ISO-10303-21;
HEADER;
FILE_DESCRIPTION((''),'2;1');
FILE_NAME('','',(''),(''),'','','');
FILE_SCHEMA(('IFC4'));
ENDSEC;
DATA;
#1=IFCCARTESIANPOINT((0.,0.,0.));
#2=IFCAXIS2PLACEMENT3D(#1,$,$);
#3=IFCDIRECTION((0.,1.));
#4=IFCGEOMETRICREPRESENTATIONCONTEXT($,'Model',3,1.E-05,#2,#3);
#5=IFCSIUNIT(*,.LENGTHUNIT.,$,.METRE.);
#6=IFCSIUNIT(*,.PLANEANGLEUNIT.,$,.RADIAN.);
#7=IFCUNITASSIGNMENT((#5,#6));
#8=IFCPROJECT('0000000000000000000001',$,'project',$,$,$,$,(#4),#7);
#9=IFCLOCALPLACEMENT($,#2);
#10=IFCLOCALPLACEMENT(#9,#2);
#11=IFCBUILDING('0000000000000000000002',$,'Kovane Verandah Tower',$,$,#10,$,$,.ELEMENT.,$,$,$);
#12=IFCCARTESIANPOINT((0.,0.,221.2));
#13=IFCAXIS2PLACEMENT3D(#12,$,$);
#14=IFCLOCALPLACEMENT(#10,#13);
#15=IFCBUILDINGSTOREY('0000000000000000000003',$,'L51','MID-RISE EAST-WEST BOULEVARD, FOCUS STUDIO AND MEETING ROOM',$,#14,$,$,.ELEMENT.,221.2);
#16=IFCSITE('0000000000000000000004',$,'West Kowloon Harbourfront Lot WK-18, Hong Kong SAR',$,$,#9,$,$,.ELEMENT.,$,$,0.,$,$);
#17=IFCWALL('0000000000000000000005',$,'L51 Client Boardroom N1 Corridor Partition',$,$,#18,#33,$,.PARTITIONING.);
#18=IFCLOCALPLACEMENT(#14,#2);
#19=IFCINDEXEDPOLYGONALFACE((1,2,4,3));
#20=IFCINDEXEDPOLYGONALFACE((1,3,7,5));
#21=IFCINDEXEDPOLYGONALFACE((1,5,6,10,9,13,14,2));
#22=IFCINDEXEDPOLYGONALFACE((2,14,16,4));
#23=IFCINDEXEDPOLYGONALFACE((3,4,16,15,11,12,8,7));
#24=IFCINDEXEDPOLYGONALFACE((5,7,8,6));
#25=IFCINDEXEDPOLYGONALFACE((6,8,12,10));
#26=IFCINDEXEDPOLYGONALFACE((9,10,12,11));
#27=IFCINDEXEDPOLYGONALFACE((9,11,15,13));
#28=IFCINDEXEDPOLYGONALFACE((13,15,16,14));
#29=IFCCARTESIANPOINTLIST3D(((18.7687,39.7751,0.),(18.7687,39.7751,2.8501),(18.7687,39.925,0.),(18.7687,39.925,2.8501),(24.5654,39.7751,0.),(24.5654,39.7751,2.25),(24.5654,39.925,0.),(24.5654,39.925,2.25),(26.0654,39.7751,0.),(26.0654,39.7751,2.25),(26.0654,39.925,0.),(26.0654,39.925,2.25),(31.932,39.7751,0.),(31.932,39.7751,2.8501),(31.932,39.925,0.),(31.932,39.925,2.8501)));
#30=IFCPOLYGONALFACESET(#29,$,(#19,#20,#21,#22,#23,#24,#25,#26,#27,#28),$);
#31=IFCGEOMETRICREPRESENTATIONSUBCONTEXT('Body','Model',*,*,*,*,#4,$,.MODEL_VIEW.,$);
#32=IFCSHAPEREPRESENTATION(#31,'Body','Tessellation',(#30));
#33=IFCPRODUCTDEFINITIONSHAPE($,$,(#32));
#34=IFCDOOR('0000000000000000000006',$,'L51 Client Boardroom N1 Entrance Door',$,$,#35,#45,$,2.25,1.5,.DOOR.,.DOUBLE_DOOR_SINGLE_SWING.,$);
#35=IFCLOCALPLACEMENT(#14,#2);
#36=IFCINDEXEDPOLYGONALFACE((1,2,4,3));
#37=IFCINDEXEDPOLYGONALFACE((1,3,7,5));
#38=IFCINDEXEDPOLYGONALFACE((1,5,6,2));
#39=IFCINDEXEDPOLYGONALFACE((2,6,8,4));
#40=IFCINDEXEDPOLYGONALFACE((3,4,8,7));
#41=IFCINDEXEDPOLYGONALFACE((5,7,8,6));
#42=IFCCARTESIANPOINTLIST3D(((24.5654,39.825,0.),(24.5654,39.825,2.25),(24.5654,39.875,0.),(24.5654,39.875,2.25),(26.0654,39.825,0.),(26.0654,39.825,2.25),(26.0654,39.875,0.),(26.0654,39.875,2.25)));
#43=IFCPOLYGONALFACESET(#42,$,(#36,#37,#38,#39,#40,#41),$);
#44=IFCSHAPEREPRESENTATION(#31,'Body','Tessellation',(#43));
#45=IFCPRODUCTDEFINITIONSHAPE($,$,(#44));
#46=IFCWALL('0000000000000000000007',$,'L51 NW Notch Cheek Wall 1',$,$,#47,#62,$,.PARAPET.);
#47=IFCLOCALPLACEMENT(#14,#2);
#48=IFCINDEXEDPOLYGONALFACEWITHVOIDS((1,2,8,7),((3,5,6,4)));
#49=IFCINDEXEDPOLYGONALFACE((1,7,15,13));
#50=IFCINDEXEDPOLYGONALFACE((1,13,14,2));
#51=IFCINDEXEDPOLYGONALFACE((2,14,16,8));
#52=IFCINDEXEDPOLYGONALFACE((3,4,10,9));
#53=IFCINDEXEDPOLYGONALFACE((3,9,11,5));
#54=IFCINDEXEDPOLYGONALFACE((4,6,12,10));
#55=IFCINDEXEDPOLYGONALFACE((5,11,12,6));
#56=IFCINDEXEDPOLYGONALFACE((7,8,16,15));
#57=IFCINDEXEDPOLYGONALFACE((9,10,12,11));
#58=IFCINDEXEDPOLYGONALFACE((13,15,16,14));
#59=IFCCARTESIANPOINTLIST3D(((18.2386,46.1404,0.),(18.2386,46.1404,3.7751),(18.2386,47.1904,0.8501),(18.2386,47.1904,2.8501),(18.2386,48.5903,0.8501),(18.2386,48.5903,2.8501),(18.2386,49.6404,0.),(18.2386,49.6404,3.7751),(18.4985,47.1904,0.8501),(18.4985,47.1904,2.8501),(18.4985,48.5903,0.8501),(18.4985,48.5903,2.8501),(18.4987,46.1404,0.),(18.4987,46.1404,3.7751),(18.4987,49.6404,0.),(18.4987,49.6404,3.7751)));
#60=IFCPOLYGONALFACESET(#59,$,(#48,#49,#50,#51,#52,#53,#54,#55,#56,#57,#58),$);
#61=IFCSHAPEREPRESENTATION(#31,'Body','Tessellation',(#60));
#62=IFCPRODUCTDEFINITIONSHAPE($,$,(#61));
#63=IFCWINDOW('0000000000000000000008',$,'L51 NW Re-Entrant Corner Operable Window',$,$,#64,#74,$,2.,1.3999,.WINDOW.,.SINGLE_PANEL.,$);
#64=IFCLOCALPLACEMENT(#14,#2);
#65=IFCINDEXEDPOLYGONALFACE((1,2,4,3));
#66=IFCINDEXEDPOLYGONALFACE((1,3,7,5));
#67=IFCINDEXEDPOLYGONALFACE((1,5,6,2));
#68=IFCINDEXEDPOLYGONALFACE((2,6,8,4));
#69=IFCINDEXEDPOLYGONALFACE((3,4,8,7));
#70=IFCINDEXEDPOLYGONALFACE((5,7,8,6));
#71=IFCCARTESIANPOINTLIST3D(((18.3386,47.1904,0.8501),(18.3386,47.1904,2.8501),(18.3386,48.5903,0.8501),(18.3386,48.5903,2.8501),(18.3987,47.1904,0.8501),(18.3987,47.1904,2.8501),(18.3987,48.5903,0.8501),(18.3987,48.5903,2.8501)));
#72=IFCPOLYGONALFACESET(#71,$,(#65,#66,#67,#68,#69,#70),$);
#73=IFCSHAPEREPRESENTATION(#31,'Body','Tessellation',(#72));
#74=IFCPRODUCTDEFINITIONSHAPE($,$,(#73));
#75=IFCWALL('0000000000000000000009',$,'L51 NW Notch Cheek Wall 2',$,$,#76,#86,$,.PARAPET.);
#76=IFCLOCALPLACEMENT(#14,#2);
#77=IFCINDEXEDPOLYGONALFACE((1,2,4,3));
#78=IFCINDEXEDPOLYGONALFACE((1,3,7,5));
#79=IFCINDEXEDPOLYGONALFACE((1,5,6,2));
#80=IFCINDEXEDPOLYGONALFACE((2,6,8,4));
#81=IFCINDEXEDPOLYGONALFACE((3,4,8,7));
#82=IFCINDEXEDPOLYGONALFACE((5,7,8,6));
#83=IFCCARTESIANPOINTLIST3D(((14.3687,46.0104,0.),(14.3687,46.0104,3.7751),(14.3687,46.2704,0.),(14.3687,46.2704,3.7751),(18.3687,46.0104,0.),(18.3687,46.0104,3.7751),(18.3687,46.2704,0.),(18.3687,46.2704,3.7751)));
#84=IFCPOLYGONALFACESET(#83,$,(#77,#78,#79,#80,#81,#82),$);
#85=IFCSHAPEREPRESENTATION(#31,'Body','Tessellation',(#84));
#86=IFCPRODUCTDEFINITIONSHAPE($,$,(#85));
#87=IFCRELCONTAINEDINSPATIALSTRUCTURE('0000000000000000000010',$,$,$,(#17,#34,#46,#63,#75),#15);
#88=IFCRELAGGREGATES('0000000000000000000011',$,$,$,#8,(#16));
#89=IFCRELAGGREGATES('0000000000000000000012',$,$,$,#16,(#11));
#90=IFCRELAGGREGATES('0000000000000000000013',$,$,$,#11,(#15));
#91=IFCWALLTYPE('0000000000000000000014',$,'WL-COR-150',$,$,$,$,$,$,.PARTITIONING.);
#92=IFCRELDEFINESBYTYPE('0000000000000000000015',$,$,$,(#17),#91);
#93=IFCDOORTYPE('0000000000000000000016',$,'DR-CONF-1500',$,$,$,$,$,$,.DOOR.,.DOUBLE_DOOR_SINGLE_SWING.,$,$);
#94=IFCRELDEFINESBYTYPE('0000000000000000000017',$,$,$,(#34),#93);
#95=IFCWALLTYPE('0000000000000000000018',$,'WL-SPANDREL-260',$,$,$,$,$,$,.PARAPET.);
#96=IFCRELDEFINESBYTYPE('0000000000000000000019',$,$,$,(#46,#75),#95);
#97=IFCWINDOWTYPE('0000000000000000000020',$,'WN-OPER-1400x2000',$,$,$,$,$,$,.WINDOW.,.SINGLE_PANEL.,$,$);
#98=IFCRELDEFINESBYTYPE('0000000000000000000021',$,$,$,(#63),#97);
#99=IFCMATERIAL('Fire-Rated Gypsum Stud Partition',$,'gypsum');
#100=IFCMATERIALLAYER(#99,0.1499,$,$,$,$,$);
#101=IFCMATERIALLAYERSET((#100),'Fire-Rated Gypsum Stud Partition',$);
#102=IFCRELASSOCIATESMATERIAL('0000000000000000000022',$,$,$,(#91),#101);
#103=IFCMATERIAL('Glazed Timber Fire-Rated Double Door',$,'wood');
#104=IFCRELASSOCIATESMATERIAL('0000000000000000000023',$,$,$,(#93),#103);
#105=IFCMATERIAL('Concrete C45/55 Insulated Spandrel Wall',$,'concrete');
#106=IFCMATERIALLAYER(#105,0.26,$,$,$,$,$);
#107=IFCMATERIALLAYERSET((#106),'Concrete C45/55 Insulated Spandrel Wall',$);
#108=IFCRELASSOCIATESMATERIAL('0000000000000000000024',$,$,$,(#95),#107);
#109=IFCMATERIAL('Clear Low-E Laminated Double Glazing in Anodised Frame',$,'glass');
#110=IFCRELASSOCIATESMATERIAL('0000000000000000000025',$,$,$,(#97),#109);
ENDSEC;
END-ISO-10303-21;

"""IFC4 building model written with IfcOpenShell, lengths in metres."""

from ifc_helpers import new_model, si_unit, direction, frame, frame_2d, origin, place, context, subcontext, project, spatial, rectangle, extrude, material, layer, layer_set, type_object, element, fill, save


model = new_model("IFC4")

# Units and contexts
model_context = context("Model", 3, precision=1e-05, world=origin(), true_north=direction((0.0, 1.0)))
body_context = subcontext(model_context, "Body", "Model", "MODEL_VIEW")
ifc_project = project(units=[si_unit("LENGTHUNIT", "METRE"), si_unit("PLANEANGLEUNIT", "RADIAN")], contexts=[model_context])

# Site, building, storey
site_placement = place(None, origin())
site = spatial("IfcSite", under=ifc_project, at=site_placement, Name="West Kowloon Harbourfront Lot WK-18, Hong Kong SAR", CompositionType="ELEMENT", RefElevation=0.0)
building_placement = place(site_placement, origin())
building = spatial("IfcBuilding", under=site, at=building_placement, Name="Kovane Verandah Tower", CompositionType="ELEMENT")
storey_placement = place(building_placement, frame((0.0, 0.0, 221.2)))
storey = spatial("IfcBuildingStorey", under=building, at=storey_placement, Name="L51", Description="MID-RISE EAST-WEST BOULEVARD, FOCUS STUDIO AND MEETING ROOM", CompositionType="ELEMENT", Elevation=221.2)

# Wall, opening, door
ifc_material_1 = material(Name="Fire-Rated Gypsum Stud Partition", Category="gypsum")
ifc_layer_1 = layer(ifc_material_1, 0.1499)
ifc_layer_set_1 = layer_set([ifc_layer_1], Name="Fire-Rated Gypsum Stud Partition")
wall_type_1 = type_object("IfcWallType", Name="WL-COR-150", PredefinedType="PARTITIONING", material=ifc_layer_set_1)
wall_1_placement = place(storey_placement, frame((18.7688, 39.8501, 0.0), z_axis=(0.0, 0.0, 1.0), x_axis=(1.0, 0.0, 0.0)))
wall_1 = element("IfcWall", 1, at=wall_1_placement, inside=storey, type_object=wall_type_1, Name="L51 Client Boardroom N1 Corridor Partition", PredefinedType="PARTITIONING", context=body_context, shape_type="SweptSolid", body=[
    extrude(rectangle(XDim=13.1633, YDim=0.1499, at=frame_2d((6.5815, 0.0))), origin(), (0.0, 0.0, 1.0), 2.8501),
])
opening_1_placement = place(wall_1_placement, frame((5.7966, 0.0, 0.0)))
opening_1 = element("IfcOpeningElement", 2, at=opening_1_placement, cuts=wall_1, PredefinedType="OPENING", context=body_context, shape_type="SweptSolid", body=[
    extrude(rectangle(XDim=1.5, YDim=2.25, at=frame_2d((0.75, 1.125))), frame((0.0, 0.075, 0.0), z_axis=(0.0, -1.0, 0.0), x_axis=(1.0, 0.0, 0.0)), (0.0, 0.0, 1.0), 0.1499),
])
ifc_material_2 = material(Name="Glazed Timber Fire-Rated Double Door", Category="wood")
door_type_1 = type_object("IfcDoorType", Name="DR-CONF-1500", OperationType="DOUBLE_DOOR_SINGLE_SWING", PredefinedType="DOOR", material=ifc_material_2)
door_1_placement = place(opening_1_placement, origin())
door_1 = element("IfcDoor", 3, at=door_1_placement, inside=storey, type_object=door_type_1, Name="L51 Client Boardroom N1 Entrance Door", OperationType="DOUBLE_DOOR_SINGLE_SWING", OverallHeight=2.25, OverallWidth=1.5, PredefinedType="DOOR", context=body_context, shape_type="SweptSolid", body=[
    extrude(rectangle(XDim=1.5, YDim=2.25, at=frame_2d((0.75, 1.125))), frame((0.0, 0.0249, 0.0), z_axis=(0.0, -1.0, 0.0), x_axis=(1.0, 0.0, 0.0)), (0.0, 0.0, 1.0), 0.05),
])
fill(opening_1, door_1)

# Shared definitions
ifc_material_3 = material(Name="Concrete C45/55 Insulated Spandrel Wall", Category="concrete")
ifc_layer_2 = layer(ifc_material_3, 0.26)
ifc_layer_set_2 = layer_set([ifc_layer_2], Name="Concrete C45/55 Insulated Spandrel Wall")
wall_type_2 = type_object("IfcWallType", Name="WL-SPANDREL-260", PredefinedType="PARAPET", material=ifc_layer_set_2)
ifc_material_4 = material(Name="Clear Low-E Laminated Double Glazing in Anodised Frame", Category="glass")

# Wall, opening, window
wall_2_placement = place(storey_placement, frame((18.3687, 49.6404, 0.0), z_axis=(0.0, 0.0, 1.0), x_axis=(0.0, -1.0, 0.0)))
wall_2 = element("IfcWall", 4, at=wall_2_placement, inside=storey, type_object=wall_type_2, Name="L51 NW Notch Cheek Wall 1", PredefinedType="PARAPET", context=body_context, shape_type="SweptSolid", body=[
    extrude(rectangle(XDim=3.5, YDim=0.26, at=frame_2d((1.75, 0.0))), origin(), (0.0, 0.0, 1.0), 3.7751),
])
opening_2_placement = place(wall_2_placement, frame((1.05, 0.0, 0.8501)))
opening_2 = element("IfcOpeningElement", 5, at=opening_2_placement, cuts=wall_2, PredefinedType="OPENING", context=body_context, shape_type="SweptSolid", body=[
    extrude(rectangle(XDim=1.3999, YDim=2.0, at=frame_2d((0.7, 1.0))), frame((0.0, 0.1299, 0.0), z_axis=(0.0, -1.0, 0.0), x_axis=(1.0, 0.0, 0.0)), (0.0, 0.0, 1.0), 0.26),
])
window_type_1 = type_object("IfcWindowType", Name="WN-OPER-1400x2000", PartitioningType="SINGLE_PANEL", PredefinedType="WINDOW", material=ifc_material_4)
window_1_placement = place(opening_2_placement, origin())
window_1 = element("IfcWindow", 6, at=window_1_placement, inside=storey, type_object=window_type_1, Name="L51 NW Re-Entrant Corner Operable Window", OverallHeight=2.0, OverallWidth=1.3999, PartitioningType="SINGLE_PANEL", PredefinedType="WINDOW", context=body_context, shape_type="SweptSolid", body=[
    extrude(rectangle(XDim=1.3999, YDim=2.0, at=frame_2d((0.7, 1.0))), frame((0.0, 0.03, 0.0), z_axis=(0.0, -1.0, 0.0), x_axis=(1.0, 0.0, 0.0)), (0.0, 0.0, 1.0), 0.0601),
])
fill(opening_2, window_1)

# Wall
wall_3_placement = place(storey_placement, frame((18.3687, 46.1404, 0.0), z_axis=(0.0, 0.0, 1.0), x_axis=(-1.0, 0.0, 0.0)))
element("IfcWall", 7, at=wall_3_placement, inside=storey, type_object=wall_type_2, Name="L51 NW Notch Cheek Wall 2", PredefinedType="PARAPET", context=body_context, shape_type="SweptSolid", body=[
    extrude(rectangle(XDim=4.0, YDim=0.26, at=frame_2d((2.0, 0.0))), origin(), (0.0, 0.0, 1.0), 3.7751),
])

save(model, "model.ifc")
